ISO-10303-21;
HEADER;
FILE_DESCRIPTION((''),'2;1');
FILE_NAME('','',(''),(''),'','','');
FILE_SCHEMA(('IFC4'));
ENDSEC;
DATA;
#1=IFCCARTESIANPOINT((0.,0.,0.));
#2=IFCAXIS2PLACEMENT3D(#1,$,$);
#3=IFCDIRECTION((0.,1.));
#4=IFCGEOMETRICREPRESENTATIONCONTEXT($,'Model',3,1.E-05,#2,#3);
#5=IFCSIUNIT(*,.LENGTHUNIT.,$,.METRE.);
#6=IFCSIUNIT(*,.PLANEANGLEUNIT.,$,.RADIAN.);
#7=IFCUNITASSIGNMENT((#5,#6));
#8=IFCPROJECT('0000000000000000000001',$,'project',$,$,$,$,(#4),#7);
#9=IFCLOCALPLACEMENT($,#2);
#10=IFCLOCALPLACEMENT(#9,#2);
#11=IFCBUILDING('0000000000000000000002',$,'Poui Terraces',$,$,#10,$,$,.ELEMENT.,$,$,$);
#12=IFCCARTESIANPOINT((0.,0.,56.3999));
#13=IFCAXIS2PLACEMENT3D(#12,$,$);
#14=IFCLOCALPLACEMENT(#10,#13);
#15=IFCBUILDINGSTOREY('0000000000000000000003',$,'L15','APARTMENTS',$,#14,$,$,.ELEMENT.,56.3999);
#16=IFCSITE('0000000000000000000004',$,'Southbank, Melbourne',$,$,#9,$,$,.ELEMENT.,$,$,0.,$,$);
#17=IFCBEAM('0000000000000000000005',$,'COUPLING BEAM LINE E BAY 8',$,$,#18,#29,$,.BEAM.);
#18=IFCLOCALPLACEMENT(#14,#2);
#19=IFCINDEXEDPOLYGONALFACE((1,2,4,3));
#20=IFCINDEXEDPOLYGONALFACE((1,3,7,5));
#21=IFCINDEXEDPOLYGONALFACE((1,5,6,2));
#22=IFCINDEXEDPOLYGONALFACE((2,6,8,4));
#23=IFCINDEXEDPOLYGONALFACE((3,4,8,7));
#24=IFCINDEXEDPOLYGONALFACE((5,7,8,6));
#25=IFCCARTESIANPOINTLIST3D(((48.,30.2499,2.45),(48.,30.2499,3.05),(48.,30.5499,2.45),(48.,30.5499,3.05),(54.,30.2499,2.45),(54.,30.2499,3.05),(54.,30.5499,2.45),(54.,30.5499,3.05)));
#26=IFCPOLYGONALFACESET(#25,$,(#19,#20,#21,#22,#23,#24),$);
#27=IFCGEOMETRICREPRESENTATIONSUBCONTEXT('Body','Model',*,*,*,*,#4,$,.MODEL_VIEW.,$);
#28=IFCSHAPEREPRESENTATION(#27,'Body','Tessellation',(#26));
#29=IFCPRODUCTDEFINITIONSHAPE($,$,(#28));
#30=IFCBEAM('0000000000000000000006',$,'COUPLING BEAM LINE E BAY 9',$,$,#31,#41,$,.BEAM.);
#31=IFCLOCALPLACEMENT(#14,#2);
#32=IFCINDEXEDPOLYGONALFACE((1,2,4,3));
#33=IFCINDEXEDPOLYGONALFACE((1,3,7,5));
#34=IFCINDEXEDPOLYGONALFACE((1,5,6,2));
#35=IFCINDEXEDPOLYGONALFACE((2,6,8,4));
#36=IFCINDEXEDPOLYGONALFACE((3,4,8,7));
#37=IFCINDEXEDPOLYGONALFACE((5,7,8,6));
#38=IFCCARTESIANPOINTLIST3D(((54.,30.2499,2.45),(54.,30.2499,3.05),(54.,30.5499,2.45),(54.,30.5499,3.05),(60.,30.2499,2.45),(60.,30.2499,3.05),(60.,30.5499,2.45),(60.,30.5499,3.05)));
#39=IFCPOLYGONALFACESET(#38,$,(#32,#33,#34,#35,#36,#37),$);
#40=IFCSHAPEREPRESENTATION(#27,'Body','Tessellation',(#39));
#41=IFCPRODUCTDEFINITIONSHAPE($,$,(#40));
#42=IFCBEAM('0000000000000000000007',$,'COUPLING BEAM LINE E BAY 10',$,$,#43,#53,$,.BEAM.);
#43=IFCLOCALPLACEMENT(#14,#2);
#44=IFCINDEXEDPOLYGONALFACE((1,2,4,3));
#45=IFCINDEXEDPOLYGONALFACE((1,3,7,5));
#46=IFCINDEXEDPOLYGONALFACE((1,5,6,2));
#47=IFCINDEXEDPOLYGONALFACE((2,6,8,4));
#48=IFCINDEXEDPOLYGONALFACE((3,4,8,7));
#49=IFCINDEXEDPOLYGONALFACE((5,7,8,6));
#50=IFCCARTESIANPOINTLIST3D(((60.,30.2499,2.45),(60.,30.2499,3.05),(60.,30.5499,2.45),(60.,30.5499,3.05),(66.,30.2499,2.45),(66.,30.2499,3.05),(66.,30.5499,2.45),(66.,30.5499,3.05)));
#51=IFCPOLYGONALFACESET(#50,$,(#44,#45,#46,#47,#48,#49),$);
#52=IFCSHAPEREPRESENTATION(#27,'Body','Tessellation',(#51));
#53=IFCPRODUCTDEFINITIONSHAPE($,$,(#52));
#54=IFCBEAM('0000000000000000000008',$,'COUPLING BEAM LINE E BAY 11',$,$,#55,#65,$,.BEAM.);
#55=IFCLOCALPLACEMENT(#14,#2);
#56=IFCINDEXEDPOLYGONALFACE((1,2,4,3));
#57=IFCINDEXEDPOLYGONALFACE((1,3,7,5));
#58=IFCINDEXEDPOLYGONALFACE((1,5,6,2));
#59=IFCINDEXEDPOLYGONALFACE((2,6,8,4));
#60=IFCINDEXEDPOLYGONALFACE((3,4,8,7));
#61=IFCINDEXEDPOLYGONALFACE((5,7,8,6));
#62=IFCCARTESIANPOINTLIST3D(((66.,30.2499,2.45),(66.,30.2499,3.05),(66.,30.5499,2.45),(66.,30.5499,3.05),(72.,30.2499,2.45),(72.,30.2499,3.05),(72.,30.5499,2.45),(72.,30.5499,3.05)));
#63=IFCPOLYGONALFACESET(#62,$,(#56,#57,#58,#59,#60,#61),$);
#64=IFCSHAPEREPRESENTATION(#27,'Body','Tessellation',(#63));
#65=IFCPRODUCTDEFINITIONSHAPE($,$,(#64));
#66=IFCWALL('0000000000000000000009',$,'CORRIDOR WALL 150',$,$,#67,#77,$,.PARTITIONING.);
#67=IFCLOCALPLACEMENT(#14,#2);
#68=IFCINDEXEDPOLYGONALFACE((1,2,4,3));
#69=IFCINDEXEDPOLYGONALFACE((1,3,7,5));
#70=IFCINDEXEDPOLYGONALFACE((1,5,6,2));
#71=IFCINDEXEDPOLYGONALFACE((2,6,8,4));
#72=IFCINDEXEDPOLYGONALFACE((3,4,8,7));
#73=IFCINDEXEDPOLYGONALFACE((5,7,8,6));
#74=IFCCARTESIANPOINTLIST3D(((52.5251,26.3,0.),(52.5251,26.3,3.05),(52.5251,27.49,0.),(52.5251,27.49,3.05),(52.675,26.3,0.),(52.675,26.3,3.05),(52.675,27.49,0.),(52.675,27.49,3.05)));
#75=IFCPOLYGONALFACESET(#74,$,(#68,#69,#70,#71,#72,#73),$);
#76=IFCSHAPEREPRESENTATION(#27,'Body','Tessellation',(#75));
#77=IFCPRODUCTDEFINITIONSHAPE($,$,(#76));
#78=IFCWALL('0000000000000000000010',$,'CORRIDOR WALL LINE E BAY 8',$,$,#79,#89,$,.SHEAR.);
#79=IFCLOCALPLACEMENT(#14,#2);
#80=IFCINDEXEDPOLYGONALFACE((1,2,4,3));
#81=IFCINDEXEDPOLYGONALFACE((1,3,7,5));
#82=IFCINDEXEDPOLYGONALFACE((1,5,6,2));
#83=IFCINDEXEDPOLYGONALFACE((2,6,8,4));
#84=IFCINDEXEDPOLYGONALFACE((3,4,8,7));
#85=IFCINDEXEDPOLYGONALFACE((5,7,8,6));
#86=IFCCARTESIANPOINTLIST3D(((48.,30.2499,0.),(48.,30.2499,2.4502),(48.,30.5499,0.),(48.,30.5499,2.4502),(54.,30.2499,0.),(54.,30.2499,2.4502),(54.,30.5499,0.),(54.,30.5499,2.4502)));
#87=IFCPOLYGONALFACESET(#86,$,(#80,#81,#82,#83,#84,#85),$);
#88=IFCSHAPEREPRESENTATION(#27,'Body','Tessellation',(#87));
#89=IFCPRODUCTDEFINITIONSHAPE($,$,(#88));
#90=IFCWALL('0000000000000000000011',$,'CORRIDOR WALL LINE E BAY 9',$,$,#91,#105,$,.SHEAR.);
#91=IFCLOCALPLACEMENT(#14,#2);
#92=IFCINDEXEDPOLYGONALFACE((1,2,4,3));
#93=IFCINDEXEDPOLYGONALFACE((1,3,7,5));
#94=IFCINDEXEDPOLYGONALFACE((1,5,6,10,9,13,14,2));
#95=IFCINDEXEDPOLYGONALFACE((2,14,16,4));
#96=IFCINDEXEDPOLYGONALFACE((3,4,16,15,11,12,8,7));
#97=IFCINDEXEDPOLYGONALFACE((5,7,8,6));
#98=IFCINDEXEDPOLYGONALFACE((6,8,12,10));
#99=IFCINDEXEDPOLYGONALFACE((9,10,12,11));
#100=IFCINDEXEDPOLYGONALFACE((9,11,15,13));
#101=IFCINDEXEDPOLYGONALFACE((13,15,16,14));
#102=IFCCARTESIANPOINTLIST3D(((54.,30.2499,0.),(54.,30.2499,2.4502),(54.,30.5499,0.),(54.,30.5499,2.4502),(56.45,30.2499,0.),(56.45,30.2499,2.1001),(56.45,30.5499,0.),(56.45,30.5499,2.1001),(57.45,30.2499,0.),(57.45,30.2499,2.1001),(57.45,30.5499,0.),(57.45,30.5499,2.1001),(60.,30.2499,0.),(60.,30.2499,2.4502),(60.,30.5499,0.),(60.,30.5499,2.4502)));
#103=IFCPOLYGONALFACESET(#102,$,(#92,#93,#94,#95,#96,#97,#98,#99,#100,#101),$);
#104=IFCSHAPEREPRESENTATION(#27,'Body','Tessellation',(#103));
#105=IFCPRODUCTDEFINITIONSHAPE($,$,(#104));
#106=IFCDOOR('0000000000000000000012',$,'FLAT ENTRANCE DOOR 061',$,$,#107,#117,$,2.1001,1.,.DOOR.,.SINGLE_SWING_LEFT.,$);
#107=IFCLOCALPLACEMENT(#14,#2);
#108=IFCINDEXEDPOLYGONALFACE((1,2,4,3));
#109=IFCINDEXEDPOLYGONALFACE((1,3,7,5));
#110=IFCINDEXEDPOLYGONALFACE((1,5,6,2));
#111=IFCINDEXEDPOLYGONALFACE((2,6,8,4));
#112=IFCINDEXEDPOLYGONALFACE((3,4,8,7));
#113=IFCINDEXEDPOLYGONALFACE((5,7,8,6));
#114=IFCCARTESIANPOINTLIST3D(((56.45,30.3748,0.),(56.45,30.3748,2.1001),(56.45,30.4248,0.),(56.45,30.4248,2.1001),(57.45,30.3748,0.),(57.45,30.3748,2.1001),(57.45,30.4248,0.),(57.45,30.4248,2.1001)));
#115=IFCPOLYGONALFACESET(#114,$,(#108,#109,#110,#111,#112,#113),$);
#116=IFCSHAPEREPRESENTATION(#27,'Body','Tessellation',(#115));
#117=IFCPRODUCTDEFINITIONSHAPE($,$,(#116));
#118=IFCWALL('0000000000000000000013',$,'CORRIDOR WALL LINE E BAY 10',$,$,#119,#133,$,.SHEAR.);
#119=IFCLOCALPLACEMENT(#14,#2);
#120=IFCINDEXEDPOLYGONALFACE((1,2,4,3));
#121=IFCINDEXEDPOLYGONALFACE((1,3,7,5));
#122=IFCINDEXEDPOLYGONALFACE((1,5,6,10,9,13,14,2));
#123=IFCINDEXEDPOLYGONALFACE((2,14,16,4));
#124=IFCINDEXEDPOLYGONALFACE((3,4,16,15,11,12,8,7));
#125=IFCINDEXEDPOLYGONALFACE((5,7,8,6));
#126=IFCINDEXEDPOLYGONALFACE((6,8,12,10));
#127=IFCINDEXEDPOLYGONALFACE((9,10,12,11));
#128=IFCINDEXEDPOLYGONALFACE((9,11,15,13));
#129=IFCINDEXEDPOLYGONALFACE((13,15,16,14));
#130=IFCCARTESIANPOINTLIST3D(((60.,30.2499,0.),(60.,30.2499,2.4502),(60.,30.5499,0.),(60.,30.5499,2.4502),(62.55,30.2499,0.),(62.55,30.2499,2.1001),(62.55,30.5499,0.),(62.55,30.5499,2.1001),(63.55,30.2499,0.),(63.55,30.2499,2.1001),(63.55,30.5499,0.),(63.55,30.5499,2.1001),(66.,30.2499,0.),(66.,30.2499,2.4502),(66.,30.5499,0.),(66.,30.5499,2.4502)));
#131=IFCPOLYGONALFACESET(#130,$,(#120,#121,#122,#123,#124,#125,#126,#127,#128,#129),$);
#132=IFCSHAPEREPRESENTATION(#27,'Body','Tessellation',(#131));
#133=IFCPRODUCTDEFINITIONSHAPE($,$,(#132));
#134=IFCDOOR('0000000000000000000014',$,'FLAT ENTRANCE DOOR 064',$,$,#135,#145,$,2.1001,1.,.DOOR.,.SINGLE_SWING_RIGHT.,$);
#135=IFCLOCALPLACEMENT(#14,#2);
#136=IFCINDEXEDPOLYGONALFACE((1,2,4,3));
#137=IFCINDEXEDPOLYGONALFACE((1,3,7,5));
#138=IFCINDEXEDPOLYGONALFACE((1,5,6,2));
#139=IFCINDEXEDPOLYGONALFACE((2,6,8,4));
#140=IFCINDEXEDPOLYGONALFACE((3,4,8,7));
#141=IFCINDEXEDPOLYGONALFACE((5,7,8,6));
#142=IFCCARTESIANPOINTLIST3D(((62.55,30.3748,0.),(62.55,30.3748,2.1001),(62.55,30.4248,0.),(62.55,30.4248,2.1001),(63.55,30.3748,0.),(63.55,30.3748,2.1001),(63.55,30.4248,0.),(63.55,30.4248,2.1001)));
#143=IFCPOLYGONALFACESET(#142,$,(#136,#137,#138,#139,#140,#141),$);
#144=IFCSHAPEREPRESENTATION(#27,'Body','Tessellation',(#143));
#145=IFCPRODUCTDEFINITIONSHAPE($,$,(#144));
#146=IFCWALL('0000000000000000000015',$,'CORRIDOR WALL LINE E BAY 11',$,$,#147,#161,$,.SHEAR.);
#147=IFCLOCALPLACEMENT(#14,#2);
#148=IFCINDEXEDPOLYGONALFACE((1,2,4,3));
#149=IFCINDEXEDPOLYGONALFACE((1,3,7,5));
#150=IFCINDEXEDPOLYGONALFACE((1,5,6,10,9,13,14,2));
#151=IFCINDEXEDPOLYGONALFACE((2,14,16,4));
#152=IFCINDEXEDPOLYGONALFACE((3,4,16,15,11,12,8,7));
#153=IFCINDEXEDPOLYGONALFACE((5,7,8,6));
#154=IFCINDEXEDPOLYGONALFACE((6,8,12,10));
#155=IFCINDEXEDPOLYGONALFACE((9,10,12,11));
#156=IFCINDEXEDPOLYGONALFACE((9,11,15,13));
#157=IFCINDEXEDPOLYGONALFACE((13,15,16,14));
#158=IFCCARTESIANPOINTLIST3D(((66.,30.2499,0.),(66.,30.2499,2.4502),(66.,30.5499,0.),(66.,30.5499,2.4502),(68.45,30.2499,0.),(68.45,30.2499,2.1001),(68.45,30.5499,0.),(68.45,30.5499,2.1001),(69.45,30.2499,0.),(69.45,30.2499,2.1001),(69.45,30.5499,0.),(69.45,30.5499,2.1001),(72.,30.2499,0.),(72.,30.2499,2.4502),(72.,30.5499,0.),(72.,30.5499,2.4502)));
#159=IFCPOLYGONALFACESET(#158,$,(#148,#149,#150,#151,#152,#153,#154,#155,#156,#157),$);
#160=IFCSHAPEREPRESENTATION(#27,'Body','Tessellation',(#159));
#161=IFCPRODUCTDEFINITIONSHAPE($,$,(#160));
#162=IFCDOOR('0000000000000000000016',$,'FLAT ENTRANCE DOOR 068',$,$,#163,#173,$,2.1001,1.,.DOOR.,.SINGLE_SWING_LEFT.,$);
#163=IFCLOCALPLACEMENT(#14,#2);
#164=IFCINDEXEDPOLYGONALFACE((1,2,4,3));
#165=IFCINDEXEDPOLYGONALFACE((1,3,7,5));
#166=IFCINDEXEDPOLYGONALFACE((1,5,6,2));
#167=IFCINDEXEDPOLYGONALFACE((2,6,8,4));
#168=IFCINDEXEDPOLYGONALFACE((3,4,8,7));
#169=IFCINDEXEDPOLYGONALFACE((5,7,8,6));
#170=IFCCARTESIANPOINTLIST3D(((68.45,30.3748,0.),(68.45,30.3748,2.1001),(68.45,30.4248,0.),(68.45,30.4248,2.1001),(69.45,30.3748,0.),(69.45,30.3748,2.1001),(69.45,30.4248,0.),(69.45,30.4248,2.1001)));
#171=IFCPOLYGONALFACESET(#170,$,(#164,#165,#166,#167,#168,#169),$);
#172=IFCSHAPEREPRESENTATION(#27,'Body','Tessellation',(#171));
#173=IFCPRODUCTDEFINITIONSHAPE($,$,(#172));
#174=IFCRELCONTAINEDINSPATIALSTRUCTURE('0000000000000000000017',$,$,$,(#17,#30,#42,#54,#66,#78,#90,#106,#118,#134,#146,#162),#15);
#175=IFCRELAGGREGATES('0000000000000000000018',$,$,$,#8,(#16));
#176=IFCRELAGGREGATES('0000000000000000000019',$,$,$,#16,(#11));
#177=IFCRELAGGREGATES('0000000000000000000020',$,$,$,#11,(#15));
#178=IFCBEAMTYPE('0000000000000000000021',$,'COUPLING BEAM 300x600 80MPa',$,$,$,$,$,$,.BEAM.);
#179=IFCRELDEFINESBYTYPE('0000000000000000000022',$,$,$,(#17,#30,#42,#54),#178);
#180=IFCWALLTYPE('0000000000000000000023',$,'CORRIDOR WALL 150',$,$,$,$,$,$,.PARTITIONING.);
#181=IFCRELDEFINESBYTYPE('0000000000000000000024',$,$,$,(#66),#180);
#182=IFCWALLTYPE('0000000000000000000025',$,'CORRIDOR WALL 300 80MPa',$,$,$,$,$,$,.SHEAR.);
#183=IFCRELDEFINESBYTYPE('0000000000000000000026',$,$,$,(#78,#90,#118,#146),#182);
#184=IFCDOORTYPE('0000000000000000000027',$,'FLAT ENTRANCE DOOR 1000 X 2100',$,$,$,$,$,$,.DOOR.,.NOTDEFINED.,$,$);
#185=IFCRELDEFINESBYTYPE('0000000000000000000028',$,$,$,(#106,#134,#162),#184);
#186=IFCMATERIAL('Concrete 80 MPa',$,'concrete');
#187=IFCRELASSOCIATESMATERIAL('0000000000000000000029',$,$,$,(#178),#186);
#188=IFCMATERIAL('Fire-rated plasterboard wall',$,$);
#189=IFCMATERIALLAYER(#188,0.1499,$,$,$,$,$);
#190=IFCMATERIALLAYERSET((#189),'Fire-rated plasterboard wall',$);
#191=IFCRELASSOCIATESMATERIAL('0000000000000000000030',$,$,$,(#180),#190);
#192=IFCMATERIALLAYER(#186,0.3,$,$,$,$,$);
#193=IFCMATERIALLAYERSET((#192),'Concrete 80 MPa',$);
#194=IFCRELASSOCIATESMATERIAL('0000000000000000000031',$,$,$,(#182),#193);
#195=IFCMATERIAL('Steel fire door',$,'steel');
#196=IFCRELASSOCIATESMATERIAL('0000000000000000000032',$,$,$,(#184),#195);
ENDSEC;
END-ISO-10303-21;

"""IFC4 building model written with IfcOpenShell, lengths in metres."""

from ifc_helpers import new_model, si_unit, direction, frame, frame_2d, origin, origin_2d, place, context, subcontext, project, spatial, rectangle, extrude, source, transform, mapped, material, layer, layer_set, material_profile, profile_set, type_object, element, fill, save


model = new_model("IFC4")

# Units and contexts
model_context = context("Model", 3, precision=1e-05, world=origin(), true_north=direction((0.0, 1.0)))
body_context = subcontext(model_context, "Body", "Model", "MODEL_VIEW")
ifc_project = project(units=[si_unit("LENGTHUNIT", "METRE"), si_unit("PLANEANGLEUNIT", "RADIAN")], contexts=[model_context])

# Site, building, storey
site_placement = place(None, origin())
site = spatial("IfcSite", under=ifc_project, at=site_placement, Name="Southbank, Melbourne", CompositionType="ELEMENT", RefElevation=0.0)
building_placement = place(site_placement, origin())
building = spatial("IfcBuilding", under=site, at=building_placement, Name="Poui Terraces", CompositionType="ELEMENT")
storey_placement = place(building_placement, frame((0.0, 0.0, 56.3999)))
storey = spatial("IfcBuildingStorey", under=building, at=storey_placement, Name="L15", Description="APARTMENTS", CompositionType="ELEMENT", Elevation=56.3999)

# Beams
ifc_material_1 = material(Name="Concrete 80 MPa", Category="concrete")
ifc_material_profile = material_profile(ifc_material_1, rectangle(XDim=0.3, YDim=0.6001, at=origin_2d()), Name="RC 300x600")
ifc_profile_set = profile_set([ifc_material_profile], Name="Concrete 80 MPa")
beam_type = type_object("IfcBeamType", Name="COUPLING BEAM 300x600 80MPa", PredefinedType="BEAM", material=ifc_profile_set)
shared_shape = source(origin(), body_context, "Body", "SweptSolid", [
    extrude(rectangle(XDim=0.3, YDim=0.6001, at=origin_2d()), origin(), (0.0, 0.0, 1.0), 6.0),
])
for number, where, z_axis, x_axis, name in (
    (1, (48.0, 30.3999, 2.75), (1.0, 0.0, 0.0), (0.0, 1.0, 0.0), "COUPLING BEAM LINE E BAY 8"),
    (2, (54.0, 30.3999, 2.75), (1.0, 0.0, 0.0), (0.0, 1.0, 0.0), "COUPLING BEAM LINE E BAY 9"),
    (3, (60.0, 30.3999, 2.75), (1.0, 0.0, 0.0), (0.0, 1.0, 0.0), "COUPLING BEAM LINE E BAY 10"),
    (4, (66.0, 30.3999, 2.75), (1.0, 0.0, 0.0), (0.0, 1.0, 0.0), "COUPLING BEAM LINE E BAY 11"),
):
    element("IfcBeam", number, at=place(storey_placement, frame(where, z_axis=z_axis, x_axis=x_axis)), inside=storey, type_object=beam_type, Name=name, PredefinedType="BEAM", context=body_context, shape_type="MappedRepresentation", body=[
        mapped(shared_shape, transform((0.0, 0.0, 0.0))),
    ])

# Walls
ifc_material_2 = material(Name="Fire-rated plasterboard wall")
ifc_layer_1 = layer(ifc_material_2, 0.1499)
ifc_layer_set_1 = layer_set([ifc_layer_1], Name="Fire-rated plasterboard wall")
wall_type_1 = type_object("IfcWallType", Name="CORRIDOR WALL 150", PredefinedType="PARTITIONING", material=ifc_layer_set_1)
wall_1_placement = place(storey_placement, frame((52.6001, 26.3, 0.0), z_axis=(0.0, 0.0, 1.0), x_axis=(0.0, 1.0, 0.0)))
element("IfcWall", 5, at=wall_1_placement, inside=storey, type_object=wall_type_1, Name="CORRIDOR WALL 150", PredefinedType="PARTITIONING", context=body_context, shape_type="SweptSolid", body=[
    extrude(rectangle(XDim=1.1899, YDim=0.1499, at=frame_2d((0.595, 0.0))), origin(), (0.0, 0.0, 1.0), 3.05),
])
ifc_layer_2 = layer(ifc_material_1, 0.3)
ifc_layer_set_2 = layer_set([ifc_layer_2], Name="Concrete 80 MPa")
wall_type_2 = type_object("IfcWallType", Name="CORRIDOR WALL 300 80MPa", PredefinedType="SHEAR", material=ifc_layer_set_2)
wall_2_placement = place(storey_placement, frame((48.0, 30.3999, 0.0), z_axis=(0.0, 0.0, 1.0), x_axis=(1.0, 0.0, 0.0)))
element("IfcWall", 6, at=wall_2_placement, inside=storey, type_object=wall_type_2, Name="CORRIDOR WALL LINE E BAY 8", PredefinedType="SHEAR", context=body_context, shape_type="SweptSolid", body=[
    extrude(rectangle(XDim=6.0, YDim=0.3, at=frame_2d((3.0, 0.0))), origin(), (0.0, 0.0, 1.0), 2.4502),
])

# Walls, openings, doors
wall_3_placement = place(storey_placement, frame((54.0, 30.3999, 0.0), z_axis=(0.0, 0.0, 1.0), x_axis=(1.0, 0.0, 0.0)))
wall_3 = element("IfcWall", 7, at=wall_3_placement, inside=storey, type_object=wall_type_2, Name="CORRIDOR WALL LINE E BAY 9", PredefinedType="SHEAR", context=body_context, shape_type="SweptSolid", body=[
    extrude(rectangle(XDim=6.0, YDim=0.3, at=frame_2d((3.0, 0.0))), origin(), (0.0, 0.0, 1.0), 2.4502),
])
opening_1_placement = place(wall_3_placement, frame((2.45, 0.0, 0.0)))
opening_1 = element("IfcOpeningElement", 8, at=opening_1_placement, cuts=wall_3, PredefinedType="OPENING", context=body_context, shape_type="SweptSolid", body=[
    extrude(rectangle(XDim=1.0, YDim=2.1001, at=frame_2d((0.5, 1.05))), frame((0.0, 0.1602, 0.0), z_axis=(0.0, -1.0, 0.0), x_axis=(1.0, 0.0, 0.0)), (0.0, 0.0, 1.0), 0.3201),
])
ifc_material_3 = material(Name="Steel fire door", Category="steel")
door_type_1 = type_object("IfcDoorType", Name="FLAT ENTRANCE DOOR 1000 X 2100", OperationType="NOTDEFINED", PredefinedType="DOOR", material=ifc_material_3)
door_1_placement = place(opening_1_placement, origin())
door_1 = element("IfcDoor", 9, at=door_1_placement, inside=storey, type_object=door_type_1, Name="FLAT ENTRANCE DOOR 061", OperationType="SINGLE_SWING_LEFT", OverallHeight=2.1001, OverallWidth=1.0, PredefinedType="DOOR", context=body_context, shape_type="SweptSolid", body=[
    extrude(rectangle(XDim=1.0, YDim=2.1001, at=frame_2d((0.5, 1.05))), frame((0.0, 0.0249, 0.0), z_axis=(0.0, -1.0, 0.0), x_axis=(1.0, 0.0, 0.0)), (0.0, 0.0, 1.0), 0.05),
])
fill(opening_1, door_1)
wall_4_placement = place(storey_placement, frame((60.0, 30.3999, 0.0), z_axis=(0.0, 0.0, 1.0), x_axis=(1.0, 0.0, 0.0)))
wall_4 = element("IfcWall", 10, at=wall_4_placement, inside=storey, type_object=wall_type_2, Name="CORRIDOR WALL LINE E BAY 10", PredefinedType="SHEAR", context=body_context, shape_type="SweptSolid", body=[
    extrude(rectangle(XDim=6.0, YDim=0.3, at=frame_2d((3.0, 0.0))), origin(), (0.0, 0.0, 1.0), 2.4502),
])
opening_2_placement = place(wall_4_placement, frame((2.55, 0.0, 0.0)))
opening_2 = element("IfcOpeningElement", 11, at=opening_2_placement, cuts=wall_4, PredefinedType="OPENING", context=body_context, shape_type="SweptSolid", body=[
    extrude(rectangle(XDim=1.0, YDim=2.1001, at=frame_2d((0.5, 1.05))), frame((0.0, 0.1602, 0.0), z_axis=(0.0, -1.0, 0.0), x_axis=(1.0, 0.0, 0.0)), (0.0, 0.0, 1.0), 0.3201),
])
door_2_placement = place(opening_2_placement, origin())
door_2 = element("IfcDoor", 12, at=door_2_placement, inside=storey, type_object=door_type_1, Name="FLAT ENTRANCE DOOR 064", OperationType="SINGLE_SWING_RIGHT", OverallHeight=2.1001, OverallWidth=1.0, PredefinedType="DOOR", context=body_context, shape_type="SweptSolid", body=[
    extrude(rectangle(XDim=1.0, YDim=2.1001, at=frame_2d((0.5, 1.05))), frame((0.0, 0.0249, 0.0), z_axis=(0.0, -1.0, 0.0), x_axis=(1.0, 0.0, 0.0)), (0.0, 0.0, 1.0), 0.05),
])
fill(opening_2, door_2)
wall_5_placement = place(storey_placement, frame((66.0, 30.3999, 0.0), z_axis=(0.0, 0.0, 1.0), x_axis=(1.0, 0.0, 0.0)))
wall_5 = element("IfcWall", 13, at=wall_5_placement, inside=storey, type_object=wall_type_2, Name="CORRIDOR WALL LINE E BAY 11", PredefinedType="SHEAR", context=body_context, shape_type="SweptSolid", body=[
    extrude(rectangle(XDim=6.0, YDim=0.3, at=frame_2d((3.0, 0.0))), origin(), (0.0, 0.0, 1.0), 2.4502),
])
opening_3_placement = place(wall_5_placement, frame((2.45, 0.0, 0.0)))
opening_3 = element("IfcOpeningElement", 14, at=opening_3_placement, cuts=wall_5, PredefinedType="OPENING", context=body_context, shape_type="SweptSolid", body=[
    extrude(rectangle(XDim=1.0, YDim=2.1001, at=frame_2d((0.5, 1.05))), frame((0.0, 0.1602, 0.0), z_axis=(0.0, -1.0, 0.0), x_axis=(1.0, 0.0, 0.0)), (0.0, 0.0, 1.0), 0.3201),
])
door_3_placement = place(opening_3_placement, origin())
door_3 = element("IfcDoor", 15, at=door_3_placement, inside=storey, type_object=door_type_1, Name="FLAT ENTRANCE DOOR 068", OperationType="SINGLE_SWING_LEFT", OverallHeight=2.1001, OverallWidth=1.0, PredefinedType="DOOR", context=body_context, shape_type="SweptSolid", body=[
    extrude(rectangle(XDim=1.0, YDim=2.1001, at=frame_2d((0.5, 1.05))), frame((0.0, 0.0249, 0.0), z_axis=(0.0, -1.0, 0.0), x_axis=(1.0, 0.0, 0.0)), (0.0, 0.0, 1.0), 0.05),
])
fill(opening_3, door_3)

save(model, "model.ifc")
